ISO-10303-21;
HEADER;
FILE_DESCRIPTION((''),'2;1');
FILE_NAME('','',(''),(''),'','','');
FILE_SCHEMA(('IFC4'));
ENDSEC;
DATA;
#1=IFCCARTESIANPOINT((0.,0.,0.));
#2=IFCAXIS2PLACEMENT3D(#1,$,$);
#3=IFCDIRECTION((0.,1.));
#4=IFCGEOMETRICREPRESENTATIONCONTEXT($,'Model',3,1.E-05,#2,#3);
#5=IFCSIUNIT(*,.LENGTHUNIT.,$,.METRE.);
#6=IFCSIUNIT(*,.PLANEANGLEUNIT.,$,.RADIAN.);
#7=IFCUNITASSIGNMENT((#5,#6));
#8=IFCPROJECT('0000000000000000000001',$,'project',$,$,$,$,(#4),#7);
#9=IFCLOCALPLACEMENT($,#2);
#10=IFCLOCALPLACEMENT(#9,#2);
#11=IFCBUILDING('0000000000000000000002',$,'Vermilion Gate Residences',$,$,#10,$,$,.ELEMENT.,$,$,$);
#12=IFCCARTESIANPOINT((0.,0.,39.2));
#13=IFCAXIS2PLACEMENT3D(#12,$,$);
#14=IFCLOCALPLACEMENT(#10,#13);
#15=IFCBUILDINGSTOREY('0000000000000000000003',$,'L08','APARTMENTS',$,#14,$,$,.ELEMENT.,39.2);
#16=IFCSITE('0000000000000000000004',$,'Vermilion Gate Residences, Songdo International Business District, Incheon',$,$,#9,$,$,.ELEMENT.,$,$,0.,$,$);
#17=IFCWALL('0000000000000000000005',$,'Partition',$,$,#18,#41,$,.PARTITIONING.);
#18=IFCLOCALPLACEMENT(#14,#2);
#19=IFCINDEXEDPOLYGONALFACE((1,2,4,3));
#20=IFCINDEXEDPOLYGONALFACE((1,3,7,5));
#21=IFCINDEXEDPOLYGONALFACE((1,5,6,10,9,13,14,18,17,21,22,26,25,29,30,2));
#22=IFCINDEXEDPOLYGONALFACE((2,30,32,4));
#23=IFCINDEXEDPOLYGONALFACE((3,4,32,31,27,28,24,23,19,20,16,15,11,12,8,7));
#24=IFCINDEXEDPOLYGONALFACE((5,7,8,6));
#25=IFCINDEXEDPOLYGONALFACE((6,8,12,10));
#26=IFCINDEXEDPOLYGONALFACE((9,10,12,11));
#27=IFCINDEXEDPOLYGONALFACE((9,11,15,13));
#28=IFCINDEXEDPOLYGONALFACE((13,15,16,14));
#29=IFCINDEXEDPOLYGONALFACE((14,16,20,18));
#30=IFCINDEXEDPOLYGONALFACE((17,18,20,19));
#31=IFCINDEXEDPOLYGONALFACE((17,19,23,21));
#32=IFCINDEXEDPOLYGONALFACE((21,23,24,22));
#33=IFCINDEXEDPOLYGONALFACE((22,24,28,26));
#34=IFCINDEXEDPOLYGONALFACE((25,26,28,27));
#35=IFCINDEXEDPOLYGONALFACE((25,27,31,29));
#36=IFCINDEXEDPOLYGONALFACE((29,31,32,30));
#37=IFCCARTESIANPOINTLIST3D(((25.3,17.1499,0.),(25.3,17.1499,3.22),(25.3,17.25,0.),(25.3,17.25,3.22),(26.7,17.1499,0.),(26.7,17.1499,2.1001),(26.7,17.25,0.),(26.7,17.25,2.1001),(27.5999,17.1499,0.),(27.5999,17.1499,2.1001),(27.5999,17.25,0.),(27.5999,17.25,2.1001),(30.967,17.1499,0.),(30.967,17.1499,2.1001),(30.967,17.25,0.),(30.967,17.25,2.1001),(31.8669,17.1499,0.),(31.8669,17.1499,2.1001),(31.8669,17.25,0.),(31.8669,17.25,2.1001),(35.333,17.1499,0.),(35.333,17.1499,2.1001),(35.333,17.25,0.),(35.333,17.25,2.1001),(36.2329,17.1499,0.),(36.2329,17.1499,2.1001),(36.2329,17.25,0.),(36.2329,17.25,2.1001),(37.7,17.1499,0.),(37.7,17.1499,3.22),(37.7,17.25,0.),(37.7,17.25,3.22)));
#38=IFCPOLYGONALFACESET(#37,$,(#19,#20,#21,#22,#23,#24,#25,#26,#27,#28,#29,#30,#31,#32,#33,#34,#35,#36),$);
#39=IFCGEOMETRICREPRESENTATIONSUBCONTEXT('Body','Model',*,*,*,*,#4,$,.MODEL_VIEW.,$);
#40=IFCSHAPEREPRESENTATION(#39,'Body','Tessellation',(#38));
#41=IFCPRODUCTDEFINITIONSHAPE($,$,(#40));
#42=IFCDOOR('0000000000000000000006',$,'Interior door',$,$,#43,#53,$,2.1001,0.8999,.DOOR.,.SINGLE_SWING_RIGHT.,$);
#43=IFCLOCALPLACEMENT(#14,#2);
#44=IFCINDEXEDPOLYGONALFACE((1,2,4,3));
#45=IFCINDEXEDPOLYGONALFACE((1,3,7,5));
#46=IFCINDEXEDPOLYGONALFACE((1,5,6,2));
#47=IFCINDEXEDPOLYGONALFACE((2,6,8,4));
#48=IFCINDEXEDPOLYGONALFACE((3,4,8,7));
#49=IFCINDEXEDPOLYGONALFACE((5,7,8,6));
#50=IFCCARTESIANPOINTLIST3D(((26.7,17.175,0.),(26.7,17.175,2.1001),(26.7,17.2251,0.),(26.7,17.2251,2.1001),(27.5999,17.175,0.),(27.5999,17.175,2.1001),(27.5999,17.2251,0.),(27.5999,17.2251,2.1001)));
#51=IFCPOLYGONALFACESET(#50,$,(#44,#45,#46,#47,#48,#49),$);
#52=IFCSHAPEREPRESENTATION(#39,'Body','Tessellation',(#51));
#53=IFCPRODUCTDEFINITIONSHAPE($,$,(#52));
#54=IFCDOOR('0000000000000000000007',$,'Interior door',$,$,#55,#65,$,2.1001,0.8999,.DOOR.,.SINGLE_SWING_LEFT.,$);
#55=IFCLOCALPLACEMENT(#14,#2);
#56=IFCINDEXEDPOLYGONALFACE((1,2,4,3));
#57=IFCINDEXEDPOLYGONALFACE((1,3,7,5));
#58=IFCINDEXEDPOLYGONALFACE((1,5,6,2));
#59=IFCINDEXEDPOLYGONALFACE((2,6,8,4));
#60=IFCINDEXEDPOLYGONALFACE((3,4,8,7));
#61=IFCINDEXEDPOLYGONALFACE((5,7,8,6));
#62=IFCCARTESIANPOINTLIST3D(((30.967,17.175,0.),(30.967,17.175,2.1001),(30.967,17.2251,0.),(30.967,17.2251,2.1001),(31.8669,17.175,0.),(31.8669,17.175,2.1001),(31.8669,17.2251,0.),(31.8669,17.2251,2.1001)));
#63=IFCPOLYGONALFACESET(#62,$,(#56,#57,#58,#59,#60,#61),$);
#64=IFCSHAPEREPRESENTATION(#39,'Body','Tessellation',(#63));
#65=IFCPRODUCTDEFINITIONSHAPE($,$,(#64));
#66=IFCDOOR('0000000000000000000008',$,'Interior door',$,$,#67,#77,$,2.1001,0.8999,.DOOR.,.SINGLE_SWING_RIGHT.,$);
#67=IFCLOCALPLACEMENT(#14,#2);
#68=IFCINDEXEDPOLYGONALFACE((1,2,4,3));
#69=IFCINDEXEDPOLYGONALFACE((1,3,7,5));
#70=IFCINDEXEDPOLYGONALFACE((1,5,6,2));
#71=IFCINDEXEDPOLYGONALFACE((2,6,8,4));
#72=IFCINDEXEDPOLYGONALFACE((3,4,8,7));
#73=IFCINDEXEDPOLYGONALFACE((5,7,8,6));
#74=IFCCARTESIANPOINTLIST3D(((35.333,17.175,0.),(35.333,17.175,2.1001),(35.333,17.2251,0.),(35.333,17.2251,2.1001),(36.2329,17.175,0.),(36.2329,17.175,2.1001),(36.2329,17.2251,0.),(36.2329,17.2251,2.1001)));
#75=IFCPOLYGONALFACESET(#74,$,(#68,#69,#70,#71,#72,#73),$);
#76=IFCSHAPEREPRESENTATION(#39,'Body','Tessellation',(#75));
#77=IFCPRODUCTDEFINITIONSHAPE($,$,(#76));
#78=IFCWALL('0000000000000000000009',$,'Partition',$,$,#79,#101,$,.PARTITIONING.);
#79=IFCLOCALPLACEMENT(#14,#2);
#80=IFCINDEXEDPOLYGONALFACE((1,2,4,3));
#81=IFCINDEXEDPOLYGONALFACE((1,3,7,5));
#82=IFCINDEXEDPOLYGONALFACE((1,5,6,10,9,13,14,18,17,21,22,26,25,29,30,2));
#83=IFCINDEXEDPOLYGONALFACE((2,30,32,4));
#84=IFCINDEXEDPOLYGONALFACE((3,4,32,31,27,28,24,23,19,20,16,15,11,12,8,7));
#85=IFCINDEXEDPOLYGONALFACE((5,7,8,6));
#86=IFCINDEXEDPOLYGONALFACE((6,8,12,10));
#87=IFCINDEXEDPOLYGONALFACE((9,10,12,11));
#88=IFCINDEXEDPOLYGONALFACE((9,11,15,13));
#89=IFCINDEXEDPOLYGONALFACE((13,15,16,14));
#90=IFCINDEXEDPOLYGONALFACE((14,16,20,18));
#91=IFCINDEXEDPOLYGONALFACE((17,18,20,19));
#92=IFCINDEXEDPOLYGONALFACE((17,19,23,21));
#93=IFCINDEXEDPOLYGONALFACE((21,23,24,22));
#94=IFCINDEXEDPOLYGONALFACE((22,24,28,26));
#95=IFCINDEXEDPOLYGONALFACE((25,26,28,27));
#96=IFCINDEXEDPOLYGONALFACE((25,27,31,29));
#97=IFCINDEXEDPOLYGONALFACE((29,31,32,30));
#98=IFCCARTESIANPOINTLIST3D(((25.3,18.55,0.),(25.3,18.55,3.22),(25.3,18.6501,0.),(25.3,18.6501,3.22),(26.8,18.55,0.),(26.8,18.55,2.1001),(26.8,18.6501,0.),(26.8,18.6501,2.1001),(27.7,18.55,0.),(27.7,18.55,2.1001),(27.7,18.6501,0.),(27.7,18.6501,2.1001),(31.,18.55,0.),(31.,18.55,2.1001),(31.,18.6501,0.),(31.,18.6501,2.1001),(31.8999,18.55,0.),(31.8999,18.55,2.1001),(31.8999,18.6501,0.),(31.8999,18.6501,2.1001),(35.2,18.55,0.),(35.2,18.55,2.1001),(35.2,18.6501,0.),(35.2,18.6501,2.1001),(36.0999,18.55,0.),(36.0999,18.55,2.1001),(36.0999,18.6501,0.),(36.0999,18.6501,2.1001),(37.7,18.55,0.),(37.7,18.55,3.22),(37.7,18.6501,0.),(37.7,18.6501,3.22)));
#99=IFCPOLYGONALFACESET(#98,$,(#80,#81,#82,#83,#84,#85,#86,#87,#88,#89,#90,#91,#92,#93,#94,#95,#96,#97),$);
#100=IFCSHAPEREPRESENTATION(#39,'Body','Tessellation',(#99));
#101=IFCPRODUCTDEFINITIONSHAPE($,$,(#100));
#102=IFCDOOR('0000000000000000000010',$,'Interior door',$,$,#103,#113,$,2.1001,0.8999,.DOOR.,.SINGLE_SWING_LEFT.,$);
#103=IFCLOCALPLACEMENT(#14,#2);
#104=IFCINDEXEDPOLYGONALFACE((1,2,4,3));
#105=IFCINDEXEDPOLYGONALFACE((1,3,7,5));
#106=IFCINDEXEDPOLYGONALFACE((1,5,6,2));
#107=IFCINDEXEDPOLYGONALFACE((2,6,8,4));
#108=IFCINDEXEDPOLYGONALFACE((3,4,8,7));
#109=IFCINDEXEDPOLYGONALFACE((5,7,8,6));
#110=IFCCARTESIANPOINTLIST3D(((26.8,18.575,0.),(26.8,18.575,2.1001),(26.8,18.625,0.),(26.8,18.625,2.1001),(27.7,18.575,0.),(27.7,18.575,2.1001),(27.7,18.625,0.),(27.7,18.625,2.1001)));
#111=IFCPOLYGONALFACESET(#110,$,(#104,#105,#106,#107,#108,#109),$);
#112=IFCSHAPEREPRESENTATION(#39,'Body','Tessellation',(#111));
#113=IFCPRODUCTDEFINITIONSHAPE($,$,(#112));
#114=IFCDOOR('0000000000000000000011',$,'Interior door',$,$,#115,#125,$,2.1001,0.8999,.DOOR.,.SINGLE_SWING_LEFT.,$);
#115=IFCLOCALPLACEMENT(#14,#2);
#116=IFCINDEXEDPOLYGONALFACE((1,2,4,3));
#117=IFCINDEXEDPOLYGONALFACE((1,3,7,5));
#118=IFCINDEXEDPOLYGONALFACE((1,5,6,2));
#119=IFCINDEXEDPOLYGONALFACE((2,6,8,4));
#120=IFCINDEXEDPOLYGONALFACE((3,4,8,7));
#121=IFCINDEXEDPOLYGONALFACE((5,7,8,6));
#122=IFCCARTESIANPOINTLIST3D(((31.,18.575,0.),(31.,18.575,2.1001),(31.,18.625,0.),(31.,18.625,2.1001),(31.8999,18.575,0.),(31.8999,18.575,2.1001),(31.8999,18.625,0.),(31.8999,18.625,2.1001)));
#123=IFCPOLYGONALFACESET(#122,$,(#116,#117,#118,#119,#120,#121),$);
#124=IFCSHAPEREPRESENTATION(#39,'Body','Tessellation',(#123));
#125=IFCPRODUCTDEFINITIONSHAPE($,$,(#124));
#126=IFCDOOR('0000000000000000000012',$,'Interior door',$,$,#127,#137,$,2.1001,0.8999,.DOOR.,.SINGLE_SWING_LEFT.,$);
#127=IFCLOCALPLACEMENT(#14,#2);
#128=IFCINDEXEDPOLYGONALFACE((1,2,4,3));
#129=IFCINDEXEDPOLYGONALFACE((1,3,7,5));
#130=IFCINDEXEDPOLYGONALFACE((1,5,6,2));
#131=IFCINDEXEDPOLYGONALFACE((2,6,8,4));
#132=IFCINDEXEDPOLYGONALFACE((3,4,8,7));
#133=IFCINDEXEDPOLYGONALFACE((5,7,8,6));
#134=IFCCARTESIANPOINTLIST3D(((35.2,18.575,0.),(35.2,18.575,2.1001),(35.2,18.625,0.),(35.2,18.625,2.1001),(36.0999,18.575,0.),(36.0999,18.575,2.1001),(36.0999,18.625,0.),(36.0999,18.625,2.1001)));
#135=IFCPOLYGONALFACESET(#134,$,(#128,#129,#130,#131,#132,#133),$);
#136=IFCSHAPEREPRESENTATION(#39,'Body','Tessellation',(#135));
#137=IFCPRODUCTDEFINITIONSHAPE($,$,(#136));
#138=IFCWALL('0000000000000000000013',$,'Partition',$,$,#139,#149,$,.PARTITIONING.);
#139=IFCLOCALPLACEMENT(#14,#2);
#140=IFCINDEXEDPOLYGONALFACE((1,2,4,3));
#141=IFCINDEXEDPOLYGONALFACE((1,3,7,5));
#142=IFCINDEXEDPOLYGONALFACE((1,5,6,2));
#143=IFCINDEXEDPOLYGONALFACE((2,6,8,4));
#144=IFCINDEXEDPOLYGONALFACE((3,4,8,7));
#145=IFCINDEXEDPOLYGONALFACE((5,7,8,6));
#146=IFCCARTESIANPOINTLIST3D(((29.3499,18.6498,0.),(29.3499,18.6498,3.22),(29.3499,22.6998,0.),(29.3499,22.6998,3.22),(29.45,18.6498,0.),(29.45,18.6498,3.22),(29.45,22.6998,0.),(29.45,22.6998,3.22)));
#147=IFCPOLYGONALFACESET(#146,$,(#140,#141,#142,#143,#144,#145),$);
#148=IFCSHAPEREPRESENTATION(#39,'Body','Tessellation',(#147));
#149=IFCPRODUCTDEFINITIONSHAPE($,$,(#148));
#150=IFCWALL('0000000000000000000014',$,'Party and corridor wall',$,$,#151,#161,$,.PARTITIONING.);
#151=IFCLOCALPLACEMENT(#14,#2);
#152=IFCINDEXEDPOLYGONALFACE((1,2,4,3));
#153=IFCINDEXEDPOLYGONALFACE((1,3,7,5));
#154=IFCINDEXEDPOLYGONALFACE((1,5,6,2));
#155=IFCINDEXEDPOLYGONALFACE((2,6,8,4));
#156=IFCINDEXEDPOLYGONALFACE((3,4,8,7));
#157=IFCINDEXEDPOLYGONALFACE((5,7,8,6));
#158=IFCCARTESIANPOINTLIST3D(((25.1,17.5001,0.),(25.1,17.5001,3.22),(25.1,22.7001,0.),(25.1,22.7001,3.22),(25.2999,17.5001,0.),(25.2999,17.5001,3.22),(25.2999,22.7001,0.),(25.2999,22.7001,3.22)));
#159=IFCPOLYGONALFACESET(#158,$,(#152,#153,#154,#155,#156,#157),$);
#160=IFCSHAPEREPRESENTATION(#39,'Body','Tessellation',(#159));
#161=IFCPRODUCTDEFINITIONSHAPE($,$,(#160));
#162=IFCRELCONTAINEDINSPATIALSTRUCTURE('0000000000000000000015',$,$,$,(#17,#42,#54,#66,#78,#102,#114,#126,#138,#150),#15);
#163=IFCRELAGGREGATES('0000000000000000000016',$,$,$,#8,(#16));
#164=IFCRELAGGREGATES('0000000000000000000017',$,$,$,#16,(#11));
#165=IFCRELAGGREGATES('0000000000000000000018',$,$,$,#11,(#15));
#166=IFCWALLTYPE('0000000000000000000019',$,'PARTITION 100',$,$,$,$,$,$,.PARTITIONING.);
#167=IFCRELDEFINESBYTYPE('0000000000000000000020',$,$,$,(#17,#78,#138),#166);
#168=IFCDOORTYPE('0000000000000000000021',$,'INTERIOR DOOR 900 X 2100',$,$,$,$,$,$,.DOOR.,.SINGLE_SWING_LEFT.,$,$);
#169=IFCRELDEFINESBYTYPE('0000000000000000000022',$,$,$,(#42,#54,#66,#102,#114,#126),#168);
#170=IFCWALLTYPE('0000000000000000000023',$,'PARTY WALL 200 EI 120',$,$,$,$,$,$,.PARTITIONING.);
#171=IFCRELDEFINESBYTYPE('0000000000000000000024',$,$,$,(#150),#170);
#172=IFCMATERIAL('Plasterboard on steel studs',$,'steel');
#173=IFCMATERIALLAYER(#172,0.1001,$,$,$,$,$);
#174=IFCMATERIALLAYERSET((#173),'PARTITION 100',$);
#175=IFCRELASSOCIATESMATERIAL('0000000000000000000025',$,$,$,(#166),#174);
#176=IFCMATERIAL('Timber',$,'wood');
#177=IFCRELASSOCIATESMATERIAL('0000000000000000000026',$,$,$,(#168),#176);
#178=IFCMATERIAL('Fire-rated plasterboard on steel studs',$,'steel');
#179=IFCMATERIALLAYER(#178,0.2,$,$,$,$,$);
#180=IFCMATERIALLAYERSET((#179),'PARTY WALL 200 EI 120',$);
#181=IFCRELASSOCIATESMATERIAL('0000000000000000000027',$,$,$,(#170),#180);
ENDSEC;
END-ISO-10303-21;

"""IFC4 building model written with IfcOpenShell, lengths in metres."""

from ifc_helpers import new_model, si_unit, direction, frame, frame_2d, origin, place, context, subcontext, project, spatial, rectangle, extrude, material, layer, layer_set, type_object, element, fill, save


model = new_model("IFC4")

# Units and contexts
model_context = context("Model", 3, precision=1e-05, world=origin(), true_north=direction((0.0, 1.0)))
body_context = subcontext(model_context, "Body", "Model", "MODEL_VIEW")
ifc_project = project(units=[si_unit("LENGTHUNIT", "METRE"), si_unit("PLANEANGLEUNIT", "RADIAN")], contexts=[model_context])

# Site, building, storey
site_placement = place(None, origin())
site = spatial("IfcSite", under=ifc_project, at=site_placement, Name="Vermilion Gate Residences, Songdo International Business District, Incheon", CompositionType="ELEMENT", RefElevation=0.0)
building_placement = place(site_placement, origin())
building = spatial("IfcBuilding", under=site, at=building_placement, Name="Vermilion Gate Residences", CompositionType="ELEMENT")
storey_placement = place(building_placement, frame((0.0, 0.0, 39.2)))
storey = spatial("IfcBuildingStorey", under=building, at=storey_placement, Name="L08", Description="APARTMENTS", CompositionType="ELEMENT", Elevation=39.2)

# Walls, openings, doors
ifc_material_1 = material(Name="Plasterboard on steel studs", Category="steel")
ifc_layer_1 = layer(ifc_material_1, 0.1001)
ifc_layer_set_1 = layer_set([ifc_layer_1], Name="PARTITION 100")
wall_type_1 = type_object("IfcWallType", Name="PARTITION 100", PredefinedType="PARTITIONING", material=ifc_layer_set_1)
wall_1_placement = place(storey_placement, frame((25.3, 17.2, 0.0), z_axis=(0.0, 0.0, 1.0), x_axis=(1.0, 0.0, 0.0)))
wall_1 = element("IfcWall", 1, at=wall_1_placement, inside=storey, type_object=wall_type_1, Name="Partition", PredefinedType="PARTITIONING", context=body_context, shape_type="SweptSolid", body=[
    extrude(rectangle(XDim=12.3999, YDim=0.1001, at=frame_2d((6.2, 0.0))), origin(), (0.0, 0.0, 1.0), 3.22),
])
opening_1_placement = place(wall_1_placement, frame((1.3999, 0.0, 0.0)))
opening_1 = element("IfcOpeningElement", 2, at=opening_1_placement, cuts=wall_1, PredefinedType="OPENING", context=body_context, shape_type="SweptSolid", body=[
    extrude(rectangle(XDim=0.8999, YDim=2.1001, at=frame_2d((0.45, 1.05))), frame((0.0, 0.0601, 0.0), z_axis=(0.0, -1.0, 0.0), x_axis=(1.0, 0.0, 0.0)), (0.0, 0.0, 1.0), 0.1201),
])
opening_2_placement = place(wall_1_placement, frame((5.667, 0.0, 0.0)))
opening_2 = element("IfcOpeningElement", 3, at=opening_2_placement, cuts=wall_1, PredefinedType="OPENING", context=body_context, shape_type="SweptSolid", body=[
    extrude(rectangle(XDim=0.8999, YDim=2.1001, at=frame_2d((0.45, 1.05))), frame((0.0, 0.0601, 0.0), z_axis=(0.0, -1.0, 0.0), x_axis=(1.0, 0.0, 0.0)), (0.0, 0.0, 1.0), 0.1201),
])
opening_3_placement = place(wall_1_placement, frame((10.033, 0.0, 0.0)))
opening_3 = element("IfcOpeningElement", 4, at=opening_3_placement, cuts=wall_1, PredefinedType="OPENING", context=body_context, shape_type="SweptSolid", body=[
    extrude(rectangle(XDim=0.8999, YDim=2.1001, at=frame_2d((0.45, 1.05))), frame((0.0, 0.0601, 0.0), z_axis=(0.0, -1.0, 0.0), x_axis=(1.0, 0.0, 0.0)), (0.0, 0.0, 1.0), 0.1201),
])
ifc_material_2 = material(Name="Timber", Category="wood")
door_type_1 = type_object("IfcDoorType", Name="INTERIOR DOOR 900 X 2100", OperationType="SINGLE_SWING_LEFT", PredefinedType="DOOR", material=ifc_material_2)
door_1_placement = place(opening_1_placement, frame((0.8999, 0.0, 0.0), z_axis=(0.0, 0.0, 1.0), x_axis=(-1.0, 0.0, 0.0)))
door_1 = element("IfcDoor", 5, at=door_1_placement, inside=storey, type_object=door_type_1, Name="Interior door", OperationType="SINGLE_SWING_RIGHT", OverallHeight=2.1001, OverallWidth=0.8999, PredefinedType="DOOR", context=body_context, shape_type="SweptSolid", body=[
    extrude(rectangle(XDim=0.8999, YDim=2.1001, at=frame_2d((0.45, 1.05))), frame((0.0, 0.0249, 0.0), z_axis=(0.0, -1.0, 0.0), x_axis=(1.0, 0.0, 0.0)), (0.0, 0.0, 1.0), 0.05),
])
fill(opening_1, door_1)
door_2_placement = place(opening_2_placement, frame((0.8999, 0.0, 0.0), z_axis=(0.0, 0.0, 1.0), x_axis=(-1.0, 0.0, 0.0)))
door_2 = element("IfcDoor", 6, at=door_2_placement, inside=storey, type_object=door_type_1, Name="Interior door", OperationType="SINGLE_SWING_LEFT", OverallHeight=2.1001, OverallWidth=0.8999, PredefinedType="DOOR", context=body_context, shape_type="SweptSolid", body=[
    extrude(rectangle(XDim=0.8999, YDim=2.1001, at=frame_2d((0.45, 1.05))), frame((0.0, 0.0249, 0.0), z_axis=(0.0, -1.0, 0.0), x_axis=(1.0, 0.0, 0.0)), (0.0, 0.0, 1.0), 0.05),
])
fill(opening_2, door_2)
door_3_placement = place(opening_3_placement, frame((0.8999, 0.0, 0.0), z_axis=(0.0, 0.0, 1.0), x_axis=(-1.0, 0.0, 0.0)))
door_3 = element("IfcDoor", 7, at=door_3_placement, inside=storey, type_object=door_type_1, Name="Interior door", OperationType="SINGLE_SWING_RIGHT", OverallHeight=2.1001, OverallWidth=0.8999, PredefinedType="DOOR", context=body_context, shape_type="SweptSolid", body=[
    extrude(rectangle(XDim=0.8999, YDim=2.1001, at=frame_2d((0.45, 1.05))), frame((0.0, 0.0249, 0.0), z_axis=(0.0, -1.0, 0.0), x_axis=(1.0, 0.0, 0.0)), (0.0, 0.0, 1.0), 0.05),
])
fill(opening_3, door_3)
wall_2_placement = place(storey_placement, frame((25.3, 18.6001, 0.0), z_axis=(0.0, 0.0, 1.0), x_axis=(1.0, 0.0, 0.0)))
wall_2 = element("IfcWall", 8, at=wall_2_placement, inside=storey, type_object=wall_type_1, Name="Partition", PredefinedType="PARTITIONING", context=body_context, shape_type="SweptSolid", body=[
    extrude(rectangle(XDim=12.3999, YDim=0.1001, at=frame_2d((6.2, 0.0))), origin(), (0.0, 0.0, 1.0), 3.22),
])
opening_4_placement = place(wall_2_placement, frame((1.5, 0.0, 0.0)))
opening_4 = element("IfcOpeningElement", 9, at=opening_4_placement, cuts=wall_2, PredefinedType="OPENING", context=body_context, shape_type="SweptSolid", body=[
    extrude(rectangle(XDim=0.8999, YDim=2.1001, at=frame_2d((0.45, 1.05))), frame((0.0, 0.0601, 0.0), z_axis=(0.0, -1.0, 0.0), x_axis=(1.0, 0.0, 0.0)), (0.0, 0.0, 1.0), 0.1201),
])
opening_5_placement = place(wall_2_placement, frame((5.7, 0.0, 0.0)))
opening_5 = element("IfcOpeningElement", 10, at=opening_5_placement, cuts=wall_2, PredefinedType="OPENING", context=body_context, shape_type="SweptSolid", body=[
    extrude(rectangle(XDim=0.8999, YDim=2.1001, at=frame_2d((0.45, 1.05))), frame((0.0, 0.0601, 0.0), z_axis=(0.0, -1.0, 0.0), x_axis=(1.0, 0.0, 0.0)), (0.0, 0.0, 1.0), 0.1201),
])
opening_6_placement = place(wall_2_placement, frame((9.8999, 0.0, 0.0)))
opening_6 = element("IfcOpeningElement", 11, at=opening_6_placement, cuts=wall_2, PredefinedType="OPENING", context=body_context, shape_type="SweptSolid", body=[
    extrude(rectangle(XDim=0.8999, YDim=2.1001, at=frame_2d((0.45, 1.05))), frame((0.0, 0.0601, 0.0), z_axis=(0.0, -1.0, 0.0), x_axis=(1.0, 0.0, 0.0)), (0.0, 0.0, 1.0), 0.1201),
])
door_4_placement = place(opening_4_placement, origin())
door_4 = element("IfcDoor", 12, at=door_4_placement, inside=storey, type_object=door_type_1, Name="Interior door", OperationType="SINGLE_SWING_LEFT", OverallHeight=2.1001, OverallWidth=0.8999, PredefinedType="DOOR", context=body_context, shape_type="SweptSolid", body=[
    extrude(rectangle(XDim=0.8999, YDim=2.1001, at=frame_2d((0.45, 1.05))), frame((0.0, 0.0249, 0.0), z_axis=(0.0, -1.0, 0.0), x_axis=(1.0, 0.0, 0.0)), (0.0, 0.0, 1.0), 0.05),
])
fill(opening_4, door_4)
door_5_placement = place(opening_5_placement, origin())
door_5 = element("IfcDoor", 13, at=door_5_placement, inside=storey, type_object=door_type_1, Name="Interior door", OperationType="SINGLE_SWING_LEFT", OverallHeight=2.1001, OverallWidth=0.8999, PredefinedType="DOOR", context=body_context, shape_type="SweptSolid", body=[
    extrude(rectangle(XDim=0.8999, YDim=2.1001, at=frame_2d((0.45, 1.05))), frame((0.0, 0.0249, 0.0), z_axis=(0.0, -1.0, 0.0), x_axis=(1.0, 0.0, 0.0)), (0.0, 0.0, 1.0), 0.05),
])
fill(opening_5, door_5)
door_6_placement = place(opening_6_placement, origin())
door_6 = element("IfcDoor", 14, at=door_6_placement, inside=storey, type_object=door_type_1, Name="Interior door", OperationType="SINGLE_SWING_LEFT", OverallHeight=2.1001, OverallWidth=0.8999, PredefinedType="DOOR", context=body_context, shape_type="SweptSolid", body=[
    extrude(rectangle(XDim=0.8999, YDim=2.1001, at=frame_2d((0.45, 1.05))), frame((0.0, 0.0249, 0.0), z_axis=(0.0, -1.0, 0.0), x_axis=(1.0, 0.0, 0.0)), (0.0, 0.0, 1.0), 0.05),
])
fill(opening_6, door_6)

# Walls
wall_3_placement = place(storey_placement, frame((29.3999, 18.6499, 0.0), z_axis=(0.0, 0.0, 1.0), x_axis=(0.0, 1.0, 0.0)))
element("IfcWall", 15, at=wall_3_placement, inside=storey, type_object=wall_type_1, Name="Partition", PredefinedType="PARTITIONING", context=body_context, shape_type="SweptSolid", body=[
    extrude(rectangle(XDim=4.05, YDim=0.1001, at=frame_2d((2.0249, 0.0))), origin(), (0.0, 0.0, 1.0), 3.22),
])
ifc_material_3 = material(Name="Fire-rated plasterboard on steel studs", Category="steel")
ifc_layer_2 = layer(ifc_material_3, 0.2)
ifc_layer_set_2 = layer_set([ifc_layer_2], Name="PARTY WALL 200 EI 120")
wall_type_2 = type_object("IfcWallType", Name="PARTY WALL 200 EI 120", PredefinedType="PARTITIONING", material=ifc_layer_set_2)
wall_4_placement = place(storey_placement, frame((25.2, 17.5, 0.0), z_axis=(0.0, 0.0, 1.0), x_axis=(0.0, 1.0, 0.0)))
element("IfcWall", 16, at=wall_4_placement, inside=storey, type_object=wall_type_2, Name="Party and corridor wall", PredefinedType="PARTITIONING", context=body_context, shape_type="SweptSolid", body=[
    extrude(rectangle(XDim=5.2, YDim=0.2, at=frame_2d((2.6001, 0.0))), origin(), (0.0, 0.0, 1.0), 3.22),
])

save(model, "model.ifc")
